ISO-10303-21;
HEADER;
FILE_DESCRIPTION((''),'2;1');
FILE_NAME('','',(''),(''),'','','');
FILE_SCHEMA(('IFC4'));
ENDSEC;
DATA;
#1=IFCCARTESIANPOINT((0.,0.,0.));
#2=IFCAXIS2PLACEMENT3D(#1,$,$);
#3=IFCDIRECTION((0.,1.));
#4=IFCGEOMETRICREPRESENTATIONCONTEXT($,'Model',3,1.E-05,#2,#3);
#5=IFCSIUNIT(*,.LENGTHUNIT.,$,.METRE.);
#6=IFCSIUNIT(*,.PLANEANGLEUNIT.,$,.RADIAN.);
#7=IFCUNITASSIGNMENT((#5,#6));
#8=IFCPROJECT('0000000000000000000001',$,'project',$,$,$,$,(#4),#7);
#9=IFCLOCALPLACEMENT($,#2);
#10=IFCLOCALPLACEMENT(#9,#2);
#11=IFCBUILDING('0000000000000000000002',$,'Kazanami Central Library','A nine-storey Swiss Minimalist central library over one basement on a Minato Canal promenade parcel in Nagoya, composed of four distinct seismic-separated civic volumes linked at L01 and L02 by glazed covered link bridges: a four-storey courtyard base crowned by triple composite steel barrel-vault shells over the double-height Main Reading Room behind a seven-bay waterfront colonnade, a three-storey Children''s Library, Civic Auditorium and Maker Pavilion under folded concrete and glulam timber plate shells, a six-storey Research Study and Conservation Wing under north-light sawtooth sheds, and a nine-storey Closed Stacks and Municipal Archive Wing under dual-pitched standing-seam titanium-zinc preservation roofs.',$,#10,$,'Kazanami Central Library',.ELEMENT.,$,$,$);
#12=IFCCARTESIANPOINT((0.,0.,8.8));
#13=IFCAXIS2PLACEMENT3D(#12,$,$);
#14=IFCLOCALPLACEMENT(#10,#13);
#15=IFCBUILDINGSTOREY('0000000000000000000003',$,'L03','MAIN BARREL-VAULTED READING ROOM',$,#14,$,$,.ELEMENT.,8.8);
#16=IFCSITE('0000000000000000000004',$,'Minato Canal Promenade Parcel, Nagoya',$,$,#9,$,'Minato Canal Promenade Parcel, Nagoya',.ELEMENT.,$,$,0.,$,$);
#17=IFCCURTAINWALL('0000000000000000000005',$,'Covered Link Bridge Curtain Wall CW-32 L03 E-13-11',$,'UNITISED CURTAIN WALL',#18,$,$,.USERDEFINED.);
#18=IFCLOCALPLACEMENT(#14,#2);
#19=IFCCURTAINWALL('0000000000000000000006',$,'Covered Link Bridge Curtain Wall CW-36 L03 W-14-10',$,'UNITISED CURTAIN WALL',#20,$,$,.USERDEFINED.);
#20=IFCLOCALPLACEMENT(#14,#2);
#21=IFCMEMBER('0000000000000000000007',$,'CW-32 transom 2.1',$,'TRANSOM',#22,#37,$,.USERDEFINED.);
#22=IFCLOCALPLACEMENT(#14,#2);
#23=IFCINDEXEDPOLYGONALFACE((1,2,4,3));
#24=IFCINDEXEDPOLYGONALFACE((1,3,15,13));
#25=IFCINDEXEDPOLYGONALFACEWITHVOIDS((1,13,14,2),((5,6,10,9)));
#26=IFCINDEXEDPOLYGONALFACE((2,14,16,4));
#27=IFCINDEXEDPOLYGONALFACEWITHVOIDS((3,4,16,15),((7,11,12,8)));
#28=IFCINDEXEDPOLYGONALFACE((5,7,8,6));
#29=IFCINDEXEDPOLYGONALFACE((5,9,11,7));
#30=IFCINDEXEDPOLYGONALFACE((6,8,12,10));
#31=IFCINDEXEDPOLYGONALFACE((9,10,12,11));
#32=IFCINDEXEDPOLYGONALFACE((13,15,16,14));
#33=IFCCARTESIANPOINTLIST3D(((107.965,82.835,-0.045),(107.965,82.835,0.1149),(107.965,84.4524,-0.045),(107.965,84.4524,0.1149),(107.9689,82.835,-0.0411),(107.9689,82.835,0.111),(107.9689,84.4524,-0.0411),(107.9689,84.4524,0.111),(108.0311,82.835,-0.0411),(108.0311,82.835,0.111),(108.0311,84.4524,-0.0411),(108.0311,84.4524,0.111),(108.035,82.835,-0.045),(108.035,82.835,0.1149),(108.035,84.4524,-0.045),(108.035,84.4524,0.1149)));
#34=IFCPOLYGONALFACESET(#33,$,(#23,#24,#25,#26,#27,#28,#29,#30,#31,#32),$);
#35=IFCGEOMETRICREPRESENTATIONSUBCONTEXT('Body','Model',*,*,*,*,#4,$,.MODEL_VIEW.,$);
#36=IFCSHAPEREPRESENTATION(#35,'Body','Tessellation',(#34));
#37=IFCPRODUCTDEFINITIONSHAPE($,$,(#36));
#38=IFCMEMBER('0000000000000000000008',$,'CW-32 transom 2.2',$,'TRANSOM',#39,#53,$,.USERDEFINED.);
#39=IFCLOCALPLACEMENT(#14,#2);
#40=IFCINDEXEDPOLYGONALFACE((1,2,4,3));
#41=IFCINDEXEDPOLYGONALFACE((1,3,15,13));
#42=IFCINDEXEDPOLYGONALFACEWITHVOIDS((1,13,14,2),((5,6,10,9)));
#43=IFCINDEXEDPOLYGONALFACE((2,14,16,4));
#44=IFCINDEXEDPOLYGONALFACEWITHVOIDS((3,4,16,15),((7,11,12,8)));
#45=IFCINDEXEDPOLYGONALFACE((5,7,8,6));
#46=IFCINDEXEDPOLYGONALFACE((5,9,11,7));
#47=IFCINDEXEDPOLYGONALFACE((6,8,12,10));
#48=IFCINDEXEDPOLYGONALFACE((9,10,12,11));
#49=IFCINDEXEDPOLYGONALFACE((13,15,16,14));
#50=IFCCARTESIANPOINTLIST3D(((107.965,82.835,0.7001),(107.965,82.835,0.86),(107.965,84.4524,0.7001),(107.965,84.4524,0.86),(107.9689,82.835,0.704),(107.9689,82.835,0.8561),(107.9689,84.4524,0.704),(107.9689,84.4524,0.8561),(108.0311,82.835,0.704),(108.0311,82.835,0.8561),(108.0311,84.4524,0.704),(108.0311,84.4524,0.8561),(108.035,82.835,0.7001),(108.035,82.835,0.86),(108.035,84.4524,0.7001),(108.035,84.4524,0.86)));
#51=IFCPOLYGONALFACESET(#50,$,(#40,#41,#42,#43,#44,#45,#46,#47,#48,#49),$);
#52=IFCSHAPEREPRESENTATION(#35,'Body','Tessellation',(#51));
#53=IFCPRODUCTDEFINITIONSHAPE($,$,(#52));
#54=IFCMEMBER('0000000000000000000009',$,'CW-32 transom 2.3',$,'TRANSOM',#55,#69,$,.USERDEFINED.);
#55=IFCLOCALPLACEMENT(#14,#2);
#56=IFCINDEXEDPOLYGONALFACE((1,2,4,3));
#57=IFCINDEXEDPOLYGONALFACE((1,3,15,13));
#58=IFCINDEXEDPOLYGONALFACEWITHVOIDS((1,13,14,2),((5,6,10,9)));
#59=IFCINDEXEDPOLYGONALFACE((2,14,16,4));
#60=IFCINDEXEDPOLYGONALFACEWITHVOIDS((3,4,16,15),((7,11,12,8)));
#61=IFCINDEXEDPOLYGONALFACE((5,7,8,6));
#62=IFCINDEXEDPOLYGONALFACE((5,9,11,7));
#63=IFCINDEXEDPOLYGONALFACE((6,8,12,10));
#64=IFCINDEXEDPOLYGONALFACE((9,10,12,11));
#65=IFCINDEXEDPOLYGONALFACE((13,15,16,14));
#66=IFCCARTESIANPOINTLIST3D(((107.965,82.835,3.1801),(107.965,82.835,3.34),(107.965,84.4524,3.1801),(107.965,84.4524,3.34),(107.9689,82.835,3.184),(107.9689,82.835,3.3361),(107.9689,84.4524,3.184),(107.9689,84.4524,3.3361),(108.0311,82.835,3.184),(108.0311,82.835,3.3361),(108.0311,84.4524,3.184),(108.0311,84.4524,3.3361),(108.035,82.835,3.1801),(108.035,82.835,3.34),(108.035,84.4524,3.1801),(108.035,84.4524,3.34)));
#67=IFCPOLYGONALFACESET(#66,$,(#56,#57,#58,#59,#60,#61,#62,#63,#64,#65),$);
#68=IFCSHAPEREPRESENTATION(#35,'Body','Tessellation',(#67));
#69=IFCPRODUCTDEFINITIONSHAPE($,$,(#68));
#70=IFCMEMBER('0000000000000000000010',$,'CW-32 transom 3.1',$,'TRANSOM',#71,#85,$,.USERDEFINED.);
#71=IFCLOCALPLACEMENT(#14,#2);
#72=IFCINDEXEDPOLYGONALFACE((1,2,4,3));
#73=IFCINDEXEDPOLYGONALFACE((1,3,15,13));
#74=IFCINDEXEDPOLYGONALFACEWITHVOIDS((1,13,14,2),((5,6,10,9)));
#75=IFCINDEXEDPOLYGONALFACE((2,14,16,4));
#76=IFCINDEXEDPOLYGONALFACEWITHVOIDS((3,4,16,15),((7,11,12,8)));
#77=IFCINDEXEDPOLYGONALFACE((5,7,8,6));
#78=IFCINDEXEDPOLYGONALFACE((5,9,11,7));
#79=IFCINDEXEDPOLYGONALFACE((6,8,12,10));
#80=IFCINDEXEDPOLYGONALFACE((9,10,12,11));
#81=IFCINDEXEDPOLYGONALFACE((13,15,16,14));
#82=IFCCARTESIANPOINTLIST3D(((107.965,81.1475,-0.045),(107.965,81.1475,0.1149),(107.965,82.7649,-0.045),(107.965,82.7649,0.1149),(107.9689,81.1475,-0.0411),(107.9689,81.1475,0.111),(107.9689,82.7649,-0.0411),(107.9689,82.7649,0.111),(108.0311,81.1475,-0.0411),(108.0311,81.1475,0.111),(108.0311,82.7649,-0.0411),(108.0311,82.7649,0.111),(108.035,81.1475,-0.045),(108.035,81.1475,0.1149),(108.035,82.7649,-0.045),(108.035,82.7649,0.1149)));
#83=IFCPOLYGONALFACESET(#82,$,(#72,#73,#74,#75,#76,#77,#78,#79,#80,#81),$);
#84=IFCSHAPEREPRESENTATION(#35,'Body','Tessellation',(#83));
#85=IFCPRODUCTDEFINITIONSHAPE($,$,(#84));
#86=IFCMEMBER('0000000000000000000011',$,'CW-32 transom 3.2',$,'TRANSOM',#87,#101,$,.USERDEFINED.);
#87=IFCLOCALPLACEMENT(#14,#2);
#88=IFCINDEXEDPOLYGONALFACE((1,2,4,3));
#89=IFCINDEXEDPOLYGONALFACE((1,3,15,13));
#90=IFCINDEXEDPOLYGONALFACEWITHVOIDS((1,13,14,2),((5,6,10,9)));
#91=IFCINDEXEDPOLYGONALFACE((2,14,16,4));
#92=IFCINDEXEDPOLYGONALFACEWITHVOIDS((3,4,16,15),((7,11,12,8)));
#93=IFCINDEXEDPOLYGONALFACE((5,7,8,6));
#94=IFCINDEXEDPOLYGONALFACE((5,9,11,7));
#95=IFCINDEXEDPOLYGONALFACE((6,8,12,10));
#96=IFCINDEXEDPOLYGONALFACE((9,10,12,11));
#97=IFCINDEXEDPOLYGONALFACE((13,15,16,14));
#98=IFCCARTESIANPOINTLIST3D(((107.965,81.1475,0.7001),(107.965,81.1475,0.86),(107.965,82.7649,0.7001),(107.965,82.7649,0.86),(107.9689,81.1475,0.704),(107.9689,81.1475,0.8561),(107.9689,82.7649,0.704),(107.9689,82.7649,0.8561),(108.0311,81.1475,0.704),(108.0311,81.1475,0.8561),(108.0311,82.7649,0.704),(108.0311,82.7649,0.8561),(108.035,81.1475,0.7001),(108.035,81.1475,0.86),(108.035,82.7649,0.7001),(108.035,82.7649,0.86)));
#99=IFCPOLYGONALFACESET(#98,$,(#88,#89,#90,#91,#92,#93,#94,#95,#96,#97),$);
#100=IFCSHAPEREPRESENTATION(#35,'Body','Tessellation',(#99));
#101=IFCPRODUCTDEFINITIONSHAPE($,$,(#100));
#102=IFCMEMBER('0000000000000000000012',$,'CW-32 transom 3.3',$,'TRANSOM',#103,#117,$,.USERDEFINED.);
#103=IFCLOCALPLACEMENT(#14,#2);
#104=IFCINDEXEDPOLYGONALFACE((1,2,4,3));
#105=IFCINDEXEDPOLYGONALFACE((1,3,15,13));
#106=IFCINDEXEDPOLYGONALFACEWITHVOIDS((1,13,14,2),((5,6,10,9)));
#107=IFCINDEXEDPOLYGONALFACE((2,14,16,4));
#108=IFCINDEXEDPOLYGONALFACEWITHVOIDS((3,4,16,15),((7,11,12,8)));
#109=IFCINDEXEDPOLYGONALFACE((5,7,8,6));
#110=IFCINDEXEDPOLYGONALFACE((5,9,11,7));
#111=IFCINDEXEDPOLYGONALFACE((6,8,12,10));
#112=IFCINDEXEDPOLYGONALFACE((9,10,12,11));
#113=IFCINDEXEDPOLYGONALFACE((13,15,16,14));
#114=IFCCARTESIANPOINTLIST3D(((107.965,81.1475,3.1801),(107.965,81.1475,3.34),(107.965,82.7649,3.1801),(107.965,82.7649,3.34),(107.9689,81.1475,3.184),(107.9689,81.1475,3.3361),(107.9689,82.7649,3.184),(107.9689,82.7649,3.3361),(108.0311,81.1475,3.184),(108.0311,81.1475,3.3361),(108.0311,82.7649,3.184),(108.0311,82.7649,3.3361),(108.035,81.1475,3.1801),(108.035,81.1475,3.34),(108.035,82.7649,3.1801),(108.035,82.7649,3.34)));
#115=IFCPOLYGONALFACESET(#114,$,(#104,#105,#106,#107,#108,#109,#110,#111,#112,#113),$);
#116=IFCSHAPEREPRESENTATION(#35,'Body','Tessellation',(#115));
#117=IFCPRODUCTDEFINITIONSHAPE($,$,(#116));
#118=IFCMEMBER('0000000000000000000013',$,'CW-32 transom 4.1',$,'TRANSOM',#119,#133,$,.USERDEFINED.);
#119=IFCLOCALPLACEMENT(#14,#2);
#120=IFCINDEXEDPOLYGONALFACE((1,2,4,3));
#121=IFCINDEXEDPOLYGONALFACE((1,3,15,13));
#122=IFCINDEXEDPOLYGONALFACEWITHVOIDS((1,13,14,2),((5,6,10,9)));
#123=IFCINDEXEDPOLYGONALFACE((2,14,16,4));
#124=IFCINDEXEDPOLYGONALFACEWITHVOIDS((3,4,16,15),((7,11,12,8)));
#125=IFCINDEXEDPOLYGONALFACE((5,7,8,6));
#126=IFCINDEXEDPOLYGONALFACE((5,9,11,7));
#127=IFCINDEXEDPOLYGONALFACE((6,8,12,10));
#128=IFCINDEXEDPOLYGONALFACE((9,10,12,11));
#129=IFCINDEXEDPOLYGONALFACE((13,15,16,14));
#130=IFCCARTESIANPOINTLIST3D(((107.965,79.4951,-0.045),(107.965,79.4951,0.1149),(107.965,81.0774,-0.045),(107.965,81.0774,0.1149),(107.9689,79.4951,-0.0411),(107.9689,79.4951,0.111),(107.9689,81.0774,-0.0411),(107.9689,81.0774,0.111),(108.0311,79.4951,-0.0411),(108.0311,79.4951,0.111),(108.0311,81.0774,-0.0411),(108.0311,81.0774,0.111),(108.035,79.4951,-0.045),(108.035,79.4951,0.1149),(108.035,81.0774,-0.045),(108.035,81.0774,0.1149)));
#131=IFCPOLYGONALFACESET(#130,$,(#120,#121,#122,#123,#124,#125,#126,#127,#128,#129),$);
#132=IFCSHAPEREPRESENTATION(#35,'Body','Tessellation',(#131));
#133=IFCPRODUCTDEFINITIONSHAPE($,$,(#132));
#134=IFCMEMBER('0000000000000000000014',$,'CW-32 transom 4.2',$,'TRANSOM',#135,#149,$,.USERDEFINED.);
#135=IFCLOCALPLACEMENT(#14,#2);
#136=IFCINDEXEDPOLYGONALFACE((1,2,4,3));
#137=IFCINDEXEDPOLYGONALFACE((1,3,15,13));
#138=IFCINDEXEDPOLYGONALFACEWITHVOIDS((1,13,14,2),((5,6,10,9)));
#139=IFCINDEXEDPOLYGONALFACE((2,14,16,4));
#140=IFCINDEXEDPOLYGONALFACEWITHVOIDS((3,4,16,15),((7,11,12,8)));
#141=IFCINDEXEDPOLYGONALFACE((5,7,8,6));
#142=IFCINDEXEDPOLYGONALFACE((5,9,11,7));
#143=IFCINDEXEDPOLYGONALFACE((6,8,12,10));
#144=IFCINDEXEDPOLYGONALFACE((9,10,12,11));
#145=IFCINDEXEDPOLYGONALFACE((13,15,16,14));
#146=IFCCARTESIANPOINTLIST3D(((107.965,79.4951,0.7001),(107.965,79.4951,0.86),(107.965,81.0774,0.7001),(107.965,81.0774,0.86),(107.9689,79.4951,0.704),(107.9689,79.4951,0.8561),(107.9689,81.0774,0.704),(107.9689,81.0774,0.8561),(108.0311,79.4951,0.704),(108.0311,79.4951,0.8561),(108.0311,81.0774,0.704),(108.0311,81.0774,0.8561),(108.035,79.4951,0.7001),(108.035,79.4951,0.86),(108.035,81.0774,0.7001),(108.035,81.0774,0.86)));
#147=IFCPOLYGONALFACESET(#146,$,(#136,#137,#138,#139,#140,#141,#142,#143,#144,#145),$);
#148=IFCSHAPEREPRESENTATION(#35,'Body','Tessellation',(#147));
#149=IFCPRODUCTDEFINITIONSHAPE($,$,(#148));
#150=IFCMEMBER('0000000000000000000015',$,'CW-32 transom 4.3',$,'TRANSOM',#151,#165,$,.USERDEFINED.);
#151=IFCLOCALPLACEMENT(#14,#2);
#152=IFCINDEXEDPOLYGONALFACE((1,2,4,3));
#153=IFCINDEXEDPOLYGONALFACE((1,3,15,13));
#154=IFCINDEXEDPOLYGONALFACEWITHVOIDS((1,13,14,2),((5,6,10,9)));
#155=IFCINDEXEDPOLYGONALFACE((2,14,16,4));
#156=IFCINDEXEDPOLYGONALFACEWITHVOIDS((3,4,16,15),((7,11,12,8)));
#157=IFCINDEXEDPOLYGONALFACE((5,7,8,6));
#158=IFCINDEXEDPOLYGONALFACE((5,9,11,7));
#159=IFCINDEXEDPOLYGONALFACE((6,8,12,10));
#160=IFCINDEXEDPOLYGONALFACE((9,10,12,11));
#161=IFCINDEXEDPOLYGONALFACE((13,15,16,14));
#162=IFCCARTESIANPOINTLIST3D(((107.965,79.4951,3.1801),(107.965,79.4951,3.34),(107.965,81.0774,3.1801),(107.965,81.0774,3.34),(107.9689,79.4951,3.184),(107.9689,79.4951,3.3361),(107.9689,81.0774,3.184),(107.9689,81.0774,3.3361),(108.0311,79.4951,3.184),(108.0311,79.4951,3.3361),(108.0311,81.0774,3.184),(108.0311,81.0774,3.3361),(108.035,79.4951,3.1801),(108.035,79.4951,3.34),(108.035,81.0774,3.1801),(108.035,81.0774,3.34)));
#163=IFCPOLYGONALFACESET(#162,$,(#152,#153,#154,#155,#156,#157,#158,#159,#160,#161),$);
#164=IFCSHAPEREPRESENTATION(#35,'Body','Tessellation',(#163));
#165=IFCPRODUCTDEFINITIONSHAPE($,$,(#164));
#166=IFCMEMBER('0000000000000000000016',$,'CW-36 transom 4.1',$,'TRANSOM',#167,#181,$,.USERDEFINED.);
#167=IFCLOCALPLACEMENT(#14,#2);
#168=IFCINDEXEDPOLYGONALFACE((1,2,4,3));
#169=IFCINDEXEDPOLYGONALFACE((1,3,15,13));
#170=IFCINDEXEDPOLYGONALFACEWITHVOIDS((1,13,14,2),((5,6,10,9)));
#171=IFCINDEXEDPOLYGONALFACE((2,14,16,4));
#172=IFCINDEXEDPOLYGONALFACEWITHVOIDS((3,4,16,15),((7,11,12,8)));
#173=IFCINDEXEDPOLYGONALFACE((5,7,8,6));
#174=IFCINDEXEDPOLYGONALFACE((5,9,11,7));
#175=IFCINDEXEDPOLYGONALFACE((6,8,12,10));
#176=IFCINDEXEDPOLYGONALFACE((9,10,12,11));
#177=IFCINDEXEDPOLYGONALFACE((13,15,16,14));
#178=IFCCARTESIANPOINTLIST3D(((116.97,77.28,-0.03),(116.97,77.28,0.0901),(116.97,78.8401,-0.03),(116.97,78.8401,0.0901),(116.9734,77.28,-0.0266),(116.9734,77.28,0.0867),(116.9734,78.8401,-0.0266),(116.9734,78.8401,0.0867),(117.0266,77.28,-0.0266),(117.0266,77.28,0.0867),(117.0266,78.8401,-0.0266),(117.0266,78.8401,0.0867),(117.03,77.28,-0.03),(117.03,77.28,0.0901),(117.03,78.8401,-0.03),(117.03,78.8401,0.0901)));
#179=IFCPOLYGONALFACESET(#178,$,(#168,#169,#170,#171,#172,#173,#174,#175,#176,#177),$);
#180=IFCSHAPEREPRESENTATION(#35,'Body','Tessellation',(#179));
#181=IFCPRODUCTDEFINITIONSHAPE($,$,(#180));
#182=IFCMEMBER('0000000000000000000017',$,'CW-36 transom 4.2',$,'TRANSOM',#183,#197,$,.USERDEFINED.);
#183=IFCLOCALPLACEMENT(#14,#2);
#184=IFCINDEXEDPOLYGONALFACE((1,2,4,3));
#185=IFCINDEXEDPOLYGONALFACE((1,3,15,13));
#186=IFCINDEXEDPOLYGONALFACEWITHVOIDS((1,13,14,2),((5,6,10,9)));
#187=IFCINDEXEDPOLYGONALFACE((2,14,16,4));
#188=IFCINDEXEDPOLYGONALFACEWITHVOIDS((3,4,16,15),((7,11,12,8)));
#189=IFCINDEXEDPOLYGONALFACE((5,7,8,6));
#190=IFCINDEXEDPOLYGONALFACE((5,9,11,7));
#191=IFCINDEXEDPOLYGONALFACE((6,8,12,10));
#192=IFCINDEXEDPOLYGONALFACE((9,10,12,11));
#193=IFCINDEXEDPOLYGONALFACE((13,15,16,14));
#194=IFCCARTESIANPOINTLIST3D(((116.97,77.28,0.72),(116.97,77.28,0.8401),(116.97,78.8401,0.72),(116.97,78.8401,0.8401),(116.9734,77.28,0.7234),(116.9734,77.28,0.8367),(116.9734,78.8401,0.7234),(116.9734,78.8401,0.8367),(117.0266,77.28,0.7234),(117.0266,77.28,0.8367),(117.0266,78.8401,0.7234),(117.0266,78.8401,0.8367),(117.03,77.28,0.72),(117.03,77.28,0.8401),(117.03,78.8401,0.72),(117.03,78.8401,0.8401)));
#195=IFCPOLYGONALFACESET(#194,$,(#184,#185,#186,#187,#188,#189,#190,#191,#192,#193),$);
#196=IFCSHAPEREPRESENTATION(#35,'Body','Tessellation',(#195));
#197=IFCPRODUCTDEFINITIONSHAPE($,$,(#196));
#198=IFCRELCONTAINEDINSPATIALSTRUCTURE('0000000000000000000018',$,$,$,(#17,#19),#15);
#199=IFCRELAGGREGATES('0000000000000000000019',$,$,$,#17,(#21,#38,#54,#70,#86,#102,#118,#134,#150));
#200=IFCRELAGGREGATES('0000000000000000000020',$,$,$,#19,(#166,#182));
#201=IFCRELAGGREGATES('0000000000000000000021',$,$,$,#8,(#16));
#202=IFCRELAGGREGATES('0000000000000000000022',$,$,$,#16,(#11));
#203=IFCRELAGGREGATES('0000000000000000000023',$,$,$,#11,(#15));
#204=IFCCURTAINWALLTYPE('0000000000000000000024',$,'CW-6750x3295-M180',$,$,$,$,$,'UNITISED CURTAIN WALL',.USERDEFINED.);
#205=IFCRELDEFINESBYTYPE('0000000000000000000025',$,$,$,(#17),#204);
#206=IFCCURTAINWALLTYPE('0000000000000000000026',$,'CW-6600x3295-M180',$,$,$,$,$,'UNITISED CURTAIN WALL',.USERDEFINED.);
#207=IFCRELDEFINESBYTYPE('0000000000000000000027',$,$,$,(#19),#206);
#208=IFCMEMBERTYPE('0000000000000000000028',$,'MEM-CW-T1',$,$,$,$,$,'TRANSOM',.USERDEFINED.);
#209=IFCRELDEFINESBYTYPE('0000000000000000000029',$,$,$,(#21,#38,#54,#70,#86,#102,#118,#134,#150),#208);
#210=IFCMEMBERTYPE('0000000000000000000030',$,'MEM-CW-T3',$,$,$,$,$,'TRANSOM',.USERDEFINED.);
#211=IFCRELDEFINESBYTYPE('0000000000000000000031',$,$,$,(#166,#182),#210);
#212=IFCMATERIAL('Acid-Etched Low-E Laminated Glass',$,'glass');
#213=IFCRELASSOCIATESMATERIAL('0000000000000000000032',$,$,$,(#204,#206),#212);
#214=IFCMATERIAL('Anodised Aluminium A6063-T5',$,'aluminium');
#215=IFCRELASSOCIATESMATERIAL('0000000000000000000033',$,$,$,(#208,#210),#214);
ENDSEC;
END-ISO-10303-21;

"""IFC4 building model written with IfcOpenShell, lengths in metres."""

from ifc_helpers import new_model, si_unit, direction, frame, origin, origin_2d, place, context, subcontext, project, spatial, hollow_rectangle, extrude, material, material_profile, profile_set, type_object, element, aggregate, save


model = new_model("IFC4")

# Units and contexts
model_context = context("Model", 3, precision=1e-05, world=origin(), true_north=direction((0.0, 1.0)))
body_context = subcontext(model_context, "Body", "Model", "MODEL_VIEW")
ifc_project = project(units=[si_unit("LENGTHUNIT", "METRE"), si_unit("PLANEANGLEUNIT", "RADIAN")], contexts=[model_context])

# Site, building, storey
site_placement = place(None, origin())
site = spatial("IfcSite", under=ifc_project, at=site_placement, Name="Minato Canal Promenade Parcel, Nagoya", LongName="Minato Canal Promenade Parcel, Nagoya", CompositionType="ELEMENT", RefElevation=0.0)
building_placement = place(site_placement, origin())
building = spatial("IfcBuilding", under=site, at=building_placement, Name="Kazanami Central Library", Description="A nine-storey Swiss Minimalist central library over one basement on a Minato Canal promenade parcel in Nagoya, composed of four distinct seismic-separated civic volumes linked at L01 and L02 by glazed covered link bridges: a four-storey courtyard base crowned by triple composite steel barrel-vault shells over the double-height Main Reading Room behind a seven-bay waterfront colonnade, a three-storey Children's Library, Civic Auditorium and Maker Pavilion under folded concrete and glulam timber plate shells, a six-storey Research Study and Conservation Wing under north-light sawtooth sheds, and a nine-storey Closed Stacks and Municipal Archive Wing under dual-pitched standing-seam titanium-zinc preservation roofs.", LongName="Kazanami Central Library", CompositionType="ELEMENT")
storey_placement = place(building_placement, frame((0.0, 0.0, 8.8)))
storey = spatial("IfcBuildingStorey", under=building, at=storey_placement, Name="L03", Description="MAIN BARREL-VAULTED READING ROOM", CompositionType="ELEMENT", Elevation=8.8)

# Curtain wall
ifc_material_1 = material(Name="Acid-Etched Low-E Laminated Glass", Category="glass")
curtain_wall_type_1 = type_object("IfcCurtainWallType", Name="CW-6750x3295-M180", ElementType="UNITISED CURTAIN WALL", PredefinedType="USERDEFINED", material=ifc_material_1)
curtain_wall_1_placement = place(storey_placement, origin())
curtain_wall_1 = element("IfcCurtainWall", 1, at=curtain_wall_1_placement, inside=storey, type_object=curtain_wall_type_1, Name="Covered Link Bridge Curtain Wall CW-32 L03 E-13-11", ObjectType="UNITISED CURTAIN WALL", PredefinedType="USERDEFINED")
ifc_material_2 = material(Name="Anodised Aluminium A6063-T5", Category="aluminium")

# Curtain wall
curtain_wall_type_2 = type_object("IfcCurtainWallType", Name="CW-6600x3295-M180", ElementType="UNITISED CURTAIN WALL", PredefinedType="USERDEFINED", material=ifc_material_1)
curtain_wall_2_placement = place(storey_placement, origin())
curtain_wall_2 = element("IfcCurtainWall", 2, at=curtain_wall_2_placement, inside=storey, type_object=curtain_wall_type_2, Name="Covered Link Bridge Curtain Wall CW-36 L03 W-14-10", ObjectType="UNITISED CURTAIN WALL", PredefinedType="USERDEFINED")

# Members
ifc_material_profile_1 = material_profile(ifc_material_2, hollow_rectangle(XDim=0.0701, YDim=0.1599, WallThickness=0.0039, at=origin_2d()), Name="ALU-TRAN-70x160x4")
ifc_profile_set_1 = profile_set([ifc_material_profile_1], Name="Anodised Aluminium A6063-T5")
member_type_1 = type_object("IfcMemberType", Name="MEM-CW-T1", ElementType="TRANSOM", PredefinedType="USERDEFINED", material=ifc_profile_set_1)
member_1_placement = place(storey_placement, frame((108.0, 84.4524, 0.0349), z_axis=(0.0, -1.0, 0.0), x_axis=(1.0, 0.0, 0.0)))
member_1 = element("IfcMember", 3, at=member_1_placement, type_object=member_type_1, Name="CW-32 transom 2.1", ObjectType="TRANSOM", PredefinedType="USERDEFINED", context=body_context, shape_type="SweptSolid", body=[
    extrude(hollow_rectangle(XDim=0.0701, YDim=0.1599, WallThickness=0.0039, at=origin_2d()), origin(), (0.0, 0.0, 1.0), 1.6174),
])
member_2_placement = place(storey_placement, frame((108.0, 84.4524, 0.78), z_axis=(0.0, -1.0, 0.0), x_axis=(1.0, 0.0, 0.0)))
member_2 = element("IfcMember", 4, at=member_2_placement, type_object=member_type_1, Name="CW-32 transom 2.2", ObjectType="TRANSOM", PredefinedType="USERDEFINED", context=body_context, shape_type="SweptSolid", body=[
    extrude(hollow_rectangle(XDim=0.0701, YDim=0.1599, WallThickness=0.0039, at=origin_2d()), origin(), (0.0, 0.0, 1.0), 1.6174),
])
member_3_placement = place(storey_placement, frame((108.0, 84.4524, 3.26), z_axis=(0.0, -1.0, 0.0), x_axis=(1.0, 0.0, 0.0)))
member_3 = element("IfcMember", 5, at=member_3_placement, type_object=member_type_1, Name="CW-32 transom 2.3", ObjectType="TRANSOM", PredefinedType="USERDEFINED", context=body_context, shape_type="SweptSolid", body=[
    extrude(hollow_rectangle(XDim=0.0701, YDim=0.1599, WallThickness=0.0039, at=origin_2d()), origin(), (0.0, 0.0, 1.0), 1.6174),
])
member_4_placement = place(storey_placement, frame((108.0, 82.7649, 0.0349), z_axis=(0.0, -1.0, 0.0), x_axis=(1.0, 0.0, 0.0)))
member_4 = element("IfcMember", 6, at=member_4_placement, type_object=member_type_1, Name="CW-32 transom 3.1", ObjectType="TRANSOM", PredefinedType="USERDEFINED", context=body_context, shape_type="SweptSolid", body=[
    extrude(hollow_rectangle(XDim=0.0701, YDim=0.1599, WallThickness=0.0039, at=origin_2d()), origin(), (0.0, 0.0, 1.0), 1.6174),
])
member_5_placement = place(storey_placement, frame((108.0, 82.7649, 0.78), z_axis=(0.0, -1.0, 0.0), x_axis=(1.0, 0.0, 0.0)))
member_5 = element("IfcMember", 7, at=member_5_placement, type_object=member_type_1, Name="CW-32 transom 3.2", ObjectType="TRANSOM", PredefinedType="USERDEFINED", context=body_context, shape_type="SweptSolid", body=[
    extrude(hollow_rectangle(XDim=0.0701, YDim=0.1599, WallThickness=0.0039, at=origin_2d()), origin(), (0.0, 0.0, 1.0), 1.6174),
])
member_6_placement = place(storey_placement, frame((108.0, 82.7649, 3.26), z_axis=(0.0, -1.0, 0.0), x_axis=(1.0, 0.0, 0.0)))
member_6 = element("IfcMember", 8, at=member_6_placement, type_object=member_type_1, Name="CW-32 transom 3.3", ObjectType="TRANSOM", PredefinedType="USERDEFINED", context=body_context, shape_type="SweptSolid", body=[
    extrude(hollow_rectangle(XDim=0.0701, YDim=0.1599, WallThickness=0.0039, at=origin_2d()), origin(), (0.0, 0.0, 1.0), 1.6174),
])
member_7_placement = place(storey_placement, frame((108.0, 81.0774, 0.0349), z_axis=(0.0, -1.0, 0.0), x_axis=(1.0, 0.0, 0.0)))
member_7 = element("IfcMember", 9, at=member_7_placement, type_object=member_type_1, Name="CW-32 transom 4.1", ObjectType="TRANSOM", PredefinedType="USERDEFINED", context=body_context, shape_type="SweptSolid", body=[
    extrude(hollow_rectangle(XDim=0.0701, YDim=0.1599, WallThickness=0.0039, at=origin_2d()), origin(), (0.0, 0.0, 1.0), 1.5823),
])
member_8_placement = place(storey_placement, frame((108.0, 81.0774, 0.78), z_axis=(0.0, -1.0, 0.0), x_axis=(1.0, 0.0, 0.0)))
member_8 = element("IfcMember", 10, at=member_8_placement, type_object=member_type_1, Name="CW-32 transom 4.2", ObjectType="TRANSOM", PredefinedType="USERDEFINED", context=body_context, shape_type="SweptSolid", body=[
    extrude(hollow_rectangle(XDim=0.0701, YDim=0.1599, WallThickness=0.0039, at=origin_2d()), origin(), (0.0, 0.0, 1.0), 1.5823),
])
member_9_placement = place(storey_placement, frame((108.0, 81.0774, 3.26), z_axis=(0.0, -1.0, 0.0), x_axis=(1.0, 0.0, 0.0)))
member_9 = element("IfcMember", 11, at=member_9_placement, type_object=member_type_1, Name="CW-32 transom 4.3", ObjectType="TRANSOM", PredefinedType="USERDEFINED", context=body_context, shape_type="SweptSolid", body=[
    extrude(hollow_rectangle(XDim=0.0701, YDim=0.1599, WallThickness=0.0039, at=origin_2d()), origin(), (0.0, 0.0, 1.0), 1.5823),
])
ifc_material_profile_2 = material_profile(ifc_material_2, hollow_rectangle(XDim=0.0601, YDim=0.1201, WallThickness=0.0034, at=origin_2d()), Name="ALU-TRAN-60x120x3.5")
ifc_profile_set_2 = profile_set([ifc_material_profile_2], Name="Anodised Aluminium A6063-T5")
member_type_2 = type_object("IfcMemberType", Name="MEM-CW-T3", ElementType="TRANSOM", PredefinedType="USERDEFINED", material=ifc_profile_set_2)
member_10_placement = place(storey_placement, frame((117.0, 77.28, 0.03), z_axis=(0.0, 1.0, 0.0), x_axis=(-1.0, 0.0, 0.0)))
member_10 = element("IfcMember", 12, at=member_10_placement, type_object=member_type_2, Name="CW-36 transom 4.1", ObjectType="TRANSOM", PredefinedType="USERDEFINED", context=body_context, shape_type="SweptSolid", body=[
    extrude(hollow_rectangle(XDim=0.0601, YDim=0.1201, WallThickness=0.0034, at=origin_2d()), origin(), (0.0, 0.0, 1.0), 1.5601),
])
member_11_placement = place(storey_placement, frame((117.0, 77.28, 0.78), z_axis=(0.0, 1.0, 0.0), x_axis=(-1.0, 0.0, 0.0)))
member_11 = element("IfcMember", 13, at=member_11_placement, type_object=member_type_2, Name="CW-36 transom 4.2", ObjectType="TRANSOM", PredefinedType="USERDEFINED", context=body_context, shape_type="SweptSolid", body=[
    extrude(hollow_rectangle(XDim=0.0601, YDim=0.1201, WallThickness=0.0034, at=origin_2d()), origin(), (0.0, 0.0, 1.0), 1.5601),
])

aggregate(curtain_wall_1, [member_1, member_2, member_3, member_4, member_5, member_6, member_7, member_8, member_9])
aggregate(curtain_wall_2, [member_10, member_11])

save(model, "model.ifc")
